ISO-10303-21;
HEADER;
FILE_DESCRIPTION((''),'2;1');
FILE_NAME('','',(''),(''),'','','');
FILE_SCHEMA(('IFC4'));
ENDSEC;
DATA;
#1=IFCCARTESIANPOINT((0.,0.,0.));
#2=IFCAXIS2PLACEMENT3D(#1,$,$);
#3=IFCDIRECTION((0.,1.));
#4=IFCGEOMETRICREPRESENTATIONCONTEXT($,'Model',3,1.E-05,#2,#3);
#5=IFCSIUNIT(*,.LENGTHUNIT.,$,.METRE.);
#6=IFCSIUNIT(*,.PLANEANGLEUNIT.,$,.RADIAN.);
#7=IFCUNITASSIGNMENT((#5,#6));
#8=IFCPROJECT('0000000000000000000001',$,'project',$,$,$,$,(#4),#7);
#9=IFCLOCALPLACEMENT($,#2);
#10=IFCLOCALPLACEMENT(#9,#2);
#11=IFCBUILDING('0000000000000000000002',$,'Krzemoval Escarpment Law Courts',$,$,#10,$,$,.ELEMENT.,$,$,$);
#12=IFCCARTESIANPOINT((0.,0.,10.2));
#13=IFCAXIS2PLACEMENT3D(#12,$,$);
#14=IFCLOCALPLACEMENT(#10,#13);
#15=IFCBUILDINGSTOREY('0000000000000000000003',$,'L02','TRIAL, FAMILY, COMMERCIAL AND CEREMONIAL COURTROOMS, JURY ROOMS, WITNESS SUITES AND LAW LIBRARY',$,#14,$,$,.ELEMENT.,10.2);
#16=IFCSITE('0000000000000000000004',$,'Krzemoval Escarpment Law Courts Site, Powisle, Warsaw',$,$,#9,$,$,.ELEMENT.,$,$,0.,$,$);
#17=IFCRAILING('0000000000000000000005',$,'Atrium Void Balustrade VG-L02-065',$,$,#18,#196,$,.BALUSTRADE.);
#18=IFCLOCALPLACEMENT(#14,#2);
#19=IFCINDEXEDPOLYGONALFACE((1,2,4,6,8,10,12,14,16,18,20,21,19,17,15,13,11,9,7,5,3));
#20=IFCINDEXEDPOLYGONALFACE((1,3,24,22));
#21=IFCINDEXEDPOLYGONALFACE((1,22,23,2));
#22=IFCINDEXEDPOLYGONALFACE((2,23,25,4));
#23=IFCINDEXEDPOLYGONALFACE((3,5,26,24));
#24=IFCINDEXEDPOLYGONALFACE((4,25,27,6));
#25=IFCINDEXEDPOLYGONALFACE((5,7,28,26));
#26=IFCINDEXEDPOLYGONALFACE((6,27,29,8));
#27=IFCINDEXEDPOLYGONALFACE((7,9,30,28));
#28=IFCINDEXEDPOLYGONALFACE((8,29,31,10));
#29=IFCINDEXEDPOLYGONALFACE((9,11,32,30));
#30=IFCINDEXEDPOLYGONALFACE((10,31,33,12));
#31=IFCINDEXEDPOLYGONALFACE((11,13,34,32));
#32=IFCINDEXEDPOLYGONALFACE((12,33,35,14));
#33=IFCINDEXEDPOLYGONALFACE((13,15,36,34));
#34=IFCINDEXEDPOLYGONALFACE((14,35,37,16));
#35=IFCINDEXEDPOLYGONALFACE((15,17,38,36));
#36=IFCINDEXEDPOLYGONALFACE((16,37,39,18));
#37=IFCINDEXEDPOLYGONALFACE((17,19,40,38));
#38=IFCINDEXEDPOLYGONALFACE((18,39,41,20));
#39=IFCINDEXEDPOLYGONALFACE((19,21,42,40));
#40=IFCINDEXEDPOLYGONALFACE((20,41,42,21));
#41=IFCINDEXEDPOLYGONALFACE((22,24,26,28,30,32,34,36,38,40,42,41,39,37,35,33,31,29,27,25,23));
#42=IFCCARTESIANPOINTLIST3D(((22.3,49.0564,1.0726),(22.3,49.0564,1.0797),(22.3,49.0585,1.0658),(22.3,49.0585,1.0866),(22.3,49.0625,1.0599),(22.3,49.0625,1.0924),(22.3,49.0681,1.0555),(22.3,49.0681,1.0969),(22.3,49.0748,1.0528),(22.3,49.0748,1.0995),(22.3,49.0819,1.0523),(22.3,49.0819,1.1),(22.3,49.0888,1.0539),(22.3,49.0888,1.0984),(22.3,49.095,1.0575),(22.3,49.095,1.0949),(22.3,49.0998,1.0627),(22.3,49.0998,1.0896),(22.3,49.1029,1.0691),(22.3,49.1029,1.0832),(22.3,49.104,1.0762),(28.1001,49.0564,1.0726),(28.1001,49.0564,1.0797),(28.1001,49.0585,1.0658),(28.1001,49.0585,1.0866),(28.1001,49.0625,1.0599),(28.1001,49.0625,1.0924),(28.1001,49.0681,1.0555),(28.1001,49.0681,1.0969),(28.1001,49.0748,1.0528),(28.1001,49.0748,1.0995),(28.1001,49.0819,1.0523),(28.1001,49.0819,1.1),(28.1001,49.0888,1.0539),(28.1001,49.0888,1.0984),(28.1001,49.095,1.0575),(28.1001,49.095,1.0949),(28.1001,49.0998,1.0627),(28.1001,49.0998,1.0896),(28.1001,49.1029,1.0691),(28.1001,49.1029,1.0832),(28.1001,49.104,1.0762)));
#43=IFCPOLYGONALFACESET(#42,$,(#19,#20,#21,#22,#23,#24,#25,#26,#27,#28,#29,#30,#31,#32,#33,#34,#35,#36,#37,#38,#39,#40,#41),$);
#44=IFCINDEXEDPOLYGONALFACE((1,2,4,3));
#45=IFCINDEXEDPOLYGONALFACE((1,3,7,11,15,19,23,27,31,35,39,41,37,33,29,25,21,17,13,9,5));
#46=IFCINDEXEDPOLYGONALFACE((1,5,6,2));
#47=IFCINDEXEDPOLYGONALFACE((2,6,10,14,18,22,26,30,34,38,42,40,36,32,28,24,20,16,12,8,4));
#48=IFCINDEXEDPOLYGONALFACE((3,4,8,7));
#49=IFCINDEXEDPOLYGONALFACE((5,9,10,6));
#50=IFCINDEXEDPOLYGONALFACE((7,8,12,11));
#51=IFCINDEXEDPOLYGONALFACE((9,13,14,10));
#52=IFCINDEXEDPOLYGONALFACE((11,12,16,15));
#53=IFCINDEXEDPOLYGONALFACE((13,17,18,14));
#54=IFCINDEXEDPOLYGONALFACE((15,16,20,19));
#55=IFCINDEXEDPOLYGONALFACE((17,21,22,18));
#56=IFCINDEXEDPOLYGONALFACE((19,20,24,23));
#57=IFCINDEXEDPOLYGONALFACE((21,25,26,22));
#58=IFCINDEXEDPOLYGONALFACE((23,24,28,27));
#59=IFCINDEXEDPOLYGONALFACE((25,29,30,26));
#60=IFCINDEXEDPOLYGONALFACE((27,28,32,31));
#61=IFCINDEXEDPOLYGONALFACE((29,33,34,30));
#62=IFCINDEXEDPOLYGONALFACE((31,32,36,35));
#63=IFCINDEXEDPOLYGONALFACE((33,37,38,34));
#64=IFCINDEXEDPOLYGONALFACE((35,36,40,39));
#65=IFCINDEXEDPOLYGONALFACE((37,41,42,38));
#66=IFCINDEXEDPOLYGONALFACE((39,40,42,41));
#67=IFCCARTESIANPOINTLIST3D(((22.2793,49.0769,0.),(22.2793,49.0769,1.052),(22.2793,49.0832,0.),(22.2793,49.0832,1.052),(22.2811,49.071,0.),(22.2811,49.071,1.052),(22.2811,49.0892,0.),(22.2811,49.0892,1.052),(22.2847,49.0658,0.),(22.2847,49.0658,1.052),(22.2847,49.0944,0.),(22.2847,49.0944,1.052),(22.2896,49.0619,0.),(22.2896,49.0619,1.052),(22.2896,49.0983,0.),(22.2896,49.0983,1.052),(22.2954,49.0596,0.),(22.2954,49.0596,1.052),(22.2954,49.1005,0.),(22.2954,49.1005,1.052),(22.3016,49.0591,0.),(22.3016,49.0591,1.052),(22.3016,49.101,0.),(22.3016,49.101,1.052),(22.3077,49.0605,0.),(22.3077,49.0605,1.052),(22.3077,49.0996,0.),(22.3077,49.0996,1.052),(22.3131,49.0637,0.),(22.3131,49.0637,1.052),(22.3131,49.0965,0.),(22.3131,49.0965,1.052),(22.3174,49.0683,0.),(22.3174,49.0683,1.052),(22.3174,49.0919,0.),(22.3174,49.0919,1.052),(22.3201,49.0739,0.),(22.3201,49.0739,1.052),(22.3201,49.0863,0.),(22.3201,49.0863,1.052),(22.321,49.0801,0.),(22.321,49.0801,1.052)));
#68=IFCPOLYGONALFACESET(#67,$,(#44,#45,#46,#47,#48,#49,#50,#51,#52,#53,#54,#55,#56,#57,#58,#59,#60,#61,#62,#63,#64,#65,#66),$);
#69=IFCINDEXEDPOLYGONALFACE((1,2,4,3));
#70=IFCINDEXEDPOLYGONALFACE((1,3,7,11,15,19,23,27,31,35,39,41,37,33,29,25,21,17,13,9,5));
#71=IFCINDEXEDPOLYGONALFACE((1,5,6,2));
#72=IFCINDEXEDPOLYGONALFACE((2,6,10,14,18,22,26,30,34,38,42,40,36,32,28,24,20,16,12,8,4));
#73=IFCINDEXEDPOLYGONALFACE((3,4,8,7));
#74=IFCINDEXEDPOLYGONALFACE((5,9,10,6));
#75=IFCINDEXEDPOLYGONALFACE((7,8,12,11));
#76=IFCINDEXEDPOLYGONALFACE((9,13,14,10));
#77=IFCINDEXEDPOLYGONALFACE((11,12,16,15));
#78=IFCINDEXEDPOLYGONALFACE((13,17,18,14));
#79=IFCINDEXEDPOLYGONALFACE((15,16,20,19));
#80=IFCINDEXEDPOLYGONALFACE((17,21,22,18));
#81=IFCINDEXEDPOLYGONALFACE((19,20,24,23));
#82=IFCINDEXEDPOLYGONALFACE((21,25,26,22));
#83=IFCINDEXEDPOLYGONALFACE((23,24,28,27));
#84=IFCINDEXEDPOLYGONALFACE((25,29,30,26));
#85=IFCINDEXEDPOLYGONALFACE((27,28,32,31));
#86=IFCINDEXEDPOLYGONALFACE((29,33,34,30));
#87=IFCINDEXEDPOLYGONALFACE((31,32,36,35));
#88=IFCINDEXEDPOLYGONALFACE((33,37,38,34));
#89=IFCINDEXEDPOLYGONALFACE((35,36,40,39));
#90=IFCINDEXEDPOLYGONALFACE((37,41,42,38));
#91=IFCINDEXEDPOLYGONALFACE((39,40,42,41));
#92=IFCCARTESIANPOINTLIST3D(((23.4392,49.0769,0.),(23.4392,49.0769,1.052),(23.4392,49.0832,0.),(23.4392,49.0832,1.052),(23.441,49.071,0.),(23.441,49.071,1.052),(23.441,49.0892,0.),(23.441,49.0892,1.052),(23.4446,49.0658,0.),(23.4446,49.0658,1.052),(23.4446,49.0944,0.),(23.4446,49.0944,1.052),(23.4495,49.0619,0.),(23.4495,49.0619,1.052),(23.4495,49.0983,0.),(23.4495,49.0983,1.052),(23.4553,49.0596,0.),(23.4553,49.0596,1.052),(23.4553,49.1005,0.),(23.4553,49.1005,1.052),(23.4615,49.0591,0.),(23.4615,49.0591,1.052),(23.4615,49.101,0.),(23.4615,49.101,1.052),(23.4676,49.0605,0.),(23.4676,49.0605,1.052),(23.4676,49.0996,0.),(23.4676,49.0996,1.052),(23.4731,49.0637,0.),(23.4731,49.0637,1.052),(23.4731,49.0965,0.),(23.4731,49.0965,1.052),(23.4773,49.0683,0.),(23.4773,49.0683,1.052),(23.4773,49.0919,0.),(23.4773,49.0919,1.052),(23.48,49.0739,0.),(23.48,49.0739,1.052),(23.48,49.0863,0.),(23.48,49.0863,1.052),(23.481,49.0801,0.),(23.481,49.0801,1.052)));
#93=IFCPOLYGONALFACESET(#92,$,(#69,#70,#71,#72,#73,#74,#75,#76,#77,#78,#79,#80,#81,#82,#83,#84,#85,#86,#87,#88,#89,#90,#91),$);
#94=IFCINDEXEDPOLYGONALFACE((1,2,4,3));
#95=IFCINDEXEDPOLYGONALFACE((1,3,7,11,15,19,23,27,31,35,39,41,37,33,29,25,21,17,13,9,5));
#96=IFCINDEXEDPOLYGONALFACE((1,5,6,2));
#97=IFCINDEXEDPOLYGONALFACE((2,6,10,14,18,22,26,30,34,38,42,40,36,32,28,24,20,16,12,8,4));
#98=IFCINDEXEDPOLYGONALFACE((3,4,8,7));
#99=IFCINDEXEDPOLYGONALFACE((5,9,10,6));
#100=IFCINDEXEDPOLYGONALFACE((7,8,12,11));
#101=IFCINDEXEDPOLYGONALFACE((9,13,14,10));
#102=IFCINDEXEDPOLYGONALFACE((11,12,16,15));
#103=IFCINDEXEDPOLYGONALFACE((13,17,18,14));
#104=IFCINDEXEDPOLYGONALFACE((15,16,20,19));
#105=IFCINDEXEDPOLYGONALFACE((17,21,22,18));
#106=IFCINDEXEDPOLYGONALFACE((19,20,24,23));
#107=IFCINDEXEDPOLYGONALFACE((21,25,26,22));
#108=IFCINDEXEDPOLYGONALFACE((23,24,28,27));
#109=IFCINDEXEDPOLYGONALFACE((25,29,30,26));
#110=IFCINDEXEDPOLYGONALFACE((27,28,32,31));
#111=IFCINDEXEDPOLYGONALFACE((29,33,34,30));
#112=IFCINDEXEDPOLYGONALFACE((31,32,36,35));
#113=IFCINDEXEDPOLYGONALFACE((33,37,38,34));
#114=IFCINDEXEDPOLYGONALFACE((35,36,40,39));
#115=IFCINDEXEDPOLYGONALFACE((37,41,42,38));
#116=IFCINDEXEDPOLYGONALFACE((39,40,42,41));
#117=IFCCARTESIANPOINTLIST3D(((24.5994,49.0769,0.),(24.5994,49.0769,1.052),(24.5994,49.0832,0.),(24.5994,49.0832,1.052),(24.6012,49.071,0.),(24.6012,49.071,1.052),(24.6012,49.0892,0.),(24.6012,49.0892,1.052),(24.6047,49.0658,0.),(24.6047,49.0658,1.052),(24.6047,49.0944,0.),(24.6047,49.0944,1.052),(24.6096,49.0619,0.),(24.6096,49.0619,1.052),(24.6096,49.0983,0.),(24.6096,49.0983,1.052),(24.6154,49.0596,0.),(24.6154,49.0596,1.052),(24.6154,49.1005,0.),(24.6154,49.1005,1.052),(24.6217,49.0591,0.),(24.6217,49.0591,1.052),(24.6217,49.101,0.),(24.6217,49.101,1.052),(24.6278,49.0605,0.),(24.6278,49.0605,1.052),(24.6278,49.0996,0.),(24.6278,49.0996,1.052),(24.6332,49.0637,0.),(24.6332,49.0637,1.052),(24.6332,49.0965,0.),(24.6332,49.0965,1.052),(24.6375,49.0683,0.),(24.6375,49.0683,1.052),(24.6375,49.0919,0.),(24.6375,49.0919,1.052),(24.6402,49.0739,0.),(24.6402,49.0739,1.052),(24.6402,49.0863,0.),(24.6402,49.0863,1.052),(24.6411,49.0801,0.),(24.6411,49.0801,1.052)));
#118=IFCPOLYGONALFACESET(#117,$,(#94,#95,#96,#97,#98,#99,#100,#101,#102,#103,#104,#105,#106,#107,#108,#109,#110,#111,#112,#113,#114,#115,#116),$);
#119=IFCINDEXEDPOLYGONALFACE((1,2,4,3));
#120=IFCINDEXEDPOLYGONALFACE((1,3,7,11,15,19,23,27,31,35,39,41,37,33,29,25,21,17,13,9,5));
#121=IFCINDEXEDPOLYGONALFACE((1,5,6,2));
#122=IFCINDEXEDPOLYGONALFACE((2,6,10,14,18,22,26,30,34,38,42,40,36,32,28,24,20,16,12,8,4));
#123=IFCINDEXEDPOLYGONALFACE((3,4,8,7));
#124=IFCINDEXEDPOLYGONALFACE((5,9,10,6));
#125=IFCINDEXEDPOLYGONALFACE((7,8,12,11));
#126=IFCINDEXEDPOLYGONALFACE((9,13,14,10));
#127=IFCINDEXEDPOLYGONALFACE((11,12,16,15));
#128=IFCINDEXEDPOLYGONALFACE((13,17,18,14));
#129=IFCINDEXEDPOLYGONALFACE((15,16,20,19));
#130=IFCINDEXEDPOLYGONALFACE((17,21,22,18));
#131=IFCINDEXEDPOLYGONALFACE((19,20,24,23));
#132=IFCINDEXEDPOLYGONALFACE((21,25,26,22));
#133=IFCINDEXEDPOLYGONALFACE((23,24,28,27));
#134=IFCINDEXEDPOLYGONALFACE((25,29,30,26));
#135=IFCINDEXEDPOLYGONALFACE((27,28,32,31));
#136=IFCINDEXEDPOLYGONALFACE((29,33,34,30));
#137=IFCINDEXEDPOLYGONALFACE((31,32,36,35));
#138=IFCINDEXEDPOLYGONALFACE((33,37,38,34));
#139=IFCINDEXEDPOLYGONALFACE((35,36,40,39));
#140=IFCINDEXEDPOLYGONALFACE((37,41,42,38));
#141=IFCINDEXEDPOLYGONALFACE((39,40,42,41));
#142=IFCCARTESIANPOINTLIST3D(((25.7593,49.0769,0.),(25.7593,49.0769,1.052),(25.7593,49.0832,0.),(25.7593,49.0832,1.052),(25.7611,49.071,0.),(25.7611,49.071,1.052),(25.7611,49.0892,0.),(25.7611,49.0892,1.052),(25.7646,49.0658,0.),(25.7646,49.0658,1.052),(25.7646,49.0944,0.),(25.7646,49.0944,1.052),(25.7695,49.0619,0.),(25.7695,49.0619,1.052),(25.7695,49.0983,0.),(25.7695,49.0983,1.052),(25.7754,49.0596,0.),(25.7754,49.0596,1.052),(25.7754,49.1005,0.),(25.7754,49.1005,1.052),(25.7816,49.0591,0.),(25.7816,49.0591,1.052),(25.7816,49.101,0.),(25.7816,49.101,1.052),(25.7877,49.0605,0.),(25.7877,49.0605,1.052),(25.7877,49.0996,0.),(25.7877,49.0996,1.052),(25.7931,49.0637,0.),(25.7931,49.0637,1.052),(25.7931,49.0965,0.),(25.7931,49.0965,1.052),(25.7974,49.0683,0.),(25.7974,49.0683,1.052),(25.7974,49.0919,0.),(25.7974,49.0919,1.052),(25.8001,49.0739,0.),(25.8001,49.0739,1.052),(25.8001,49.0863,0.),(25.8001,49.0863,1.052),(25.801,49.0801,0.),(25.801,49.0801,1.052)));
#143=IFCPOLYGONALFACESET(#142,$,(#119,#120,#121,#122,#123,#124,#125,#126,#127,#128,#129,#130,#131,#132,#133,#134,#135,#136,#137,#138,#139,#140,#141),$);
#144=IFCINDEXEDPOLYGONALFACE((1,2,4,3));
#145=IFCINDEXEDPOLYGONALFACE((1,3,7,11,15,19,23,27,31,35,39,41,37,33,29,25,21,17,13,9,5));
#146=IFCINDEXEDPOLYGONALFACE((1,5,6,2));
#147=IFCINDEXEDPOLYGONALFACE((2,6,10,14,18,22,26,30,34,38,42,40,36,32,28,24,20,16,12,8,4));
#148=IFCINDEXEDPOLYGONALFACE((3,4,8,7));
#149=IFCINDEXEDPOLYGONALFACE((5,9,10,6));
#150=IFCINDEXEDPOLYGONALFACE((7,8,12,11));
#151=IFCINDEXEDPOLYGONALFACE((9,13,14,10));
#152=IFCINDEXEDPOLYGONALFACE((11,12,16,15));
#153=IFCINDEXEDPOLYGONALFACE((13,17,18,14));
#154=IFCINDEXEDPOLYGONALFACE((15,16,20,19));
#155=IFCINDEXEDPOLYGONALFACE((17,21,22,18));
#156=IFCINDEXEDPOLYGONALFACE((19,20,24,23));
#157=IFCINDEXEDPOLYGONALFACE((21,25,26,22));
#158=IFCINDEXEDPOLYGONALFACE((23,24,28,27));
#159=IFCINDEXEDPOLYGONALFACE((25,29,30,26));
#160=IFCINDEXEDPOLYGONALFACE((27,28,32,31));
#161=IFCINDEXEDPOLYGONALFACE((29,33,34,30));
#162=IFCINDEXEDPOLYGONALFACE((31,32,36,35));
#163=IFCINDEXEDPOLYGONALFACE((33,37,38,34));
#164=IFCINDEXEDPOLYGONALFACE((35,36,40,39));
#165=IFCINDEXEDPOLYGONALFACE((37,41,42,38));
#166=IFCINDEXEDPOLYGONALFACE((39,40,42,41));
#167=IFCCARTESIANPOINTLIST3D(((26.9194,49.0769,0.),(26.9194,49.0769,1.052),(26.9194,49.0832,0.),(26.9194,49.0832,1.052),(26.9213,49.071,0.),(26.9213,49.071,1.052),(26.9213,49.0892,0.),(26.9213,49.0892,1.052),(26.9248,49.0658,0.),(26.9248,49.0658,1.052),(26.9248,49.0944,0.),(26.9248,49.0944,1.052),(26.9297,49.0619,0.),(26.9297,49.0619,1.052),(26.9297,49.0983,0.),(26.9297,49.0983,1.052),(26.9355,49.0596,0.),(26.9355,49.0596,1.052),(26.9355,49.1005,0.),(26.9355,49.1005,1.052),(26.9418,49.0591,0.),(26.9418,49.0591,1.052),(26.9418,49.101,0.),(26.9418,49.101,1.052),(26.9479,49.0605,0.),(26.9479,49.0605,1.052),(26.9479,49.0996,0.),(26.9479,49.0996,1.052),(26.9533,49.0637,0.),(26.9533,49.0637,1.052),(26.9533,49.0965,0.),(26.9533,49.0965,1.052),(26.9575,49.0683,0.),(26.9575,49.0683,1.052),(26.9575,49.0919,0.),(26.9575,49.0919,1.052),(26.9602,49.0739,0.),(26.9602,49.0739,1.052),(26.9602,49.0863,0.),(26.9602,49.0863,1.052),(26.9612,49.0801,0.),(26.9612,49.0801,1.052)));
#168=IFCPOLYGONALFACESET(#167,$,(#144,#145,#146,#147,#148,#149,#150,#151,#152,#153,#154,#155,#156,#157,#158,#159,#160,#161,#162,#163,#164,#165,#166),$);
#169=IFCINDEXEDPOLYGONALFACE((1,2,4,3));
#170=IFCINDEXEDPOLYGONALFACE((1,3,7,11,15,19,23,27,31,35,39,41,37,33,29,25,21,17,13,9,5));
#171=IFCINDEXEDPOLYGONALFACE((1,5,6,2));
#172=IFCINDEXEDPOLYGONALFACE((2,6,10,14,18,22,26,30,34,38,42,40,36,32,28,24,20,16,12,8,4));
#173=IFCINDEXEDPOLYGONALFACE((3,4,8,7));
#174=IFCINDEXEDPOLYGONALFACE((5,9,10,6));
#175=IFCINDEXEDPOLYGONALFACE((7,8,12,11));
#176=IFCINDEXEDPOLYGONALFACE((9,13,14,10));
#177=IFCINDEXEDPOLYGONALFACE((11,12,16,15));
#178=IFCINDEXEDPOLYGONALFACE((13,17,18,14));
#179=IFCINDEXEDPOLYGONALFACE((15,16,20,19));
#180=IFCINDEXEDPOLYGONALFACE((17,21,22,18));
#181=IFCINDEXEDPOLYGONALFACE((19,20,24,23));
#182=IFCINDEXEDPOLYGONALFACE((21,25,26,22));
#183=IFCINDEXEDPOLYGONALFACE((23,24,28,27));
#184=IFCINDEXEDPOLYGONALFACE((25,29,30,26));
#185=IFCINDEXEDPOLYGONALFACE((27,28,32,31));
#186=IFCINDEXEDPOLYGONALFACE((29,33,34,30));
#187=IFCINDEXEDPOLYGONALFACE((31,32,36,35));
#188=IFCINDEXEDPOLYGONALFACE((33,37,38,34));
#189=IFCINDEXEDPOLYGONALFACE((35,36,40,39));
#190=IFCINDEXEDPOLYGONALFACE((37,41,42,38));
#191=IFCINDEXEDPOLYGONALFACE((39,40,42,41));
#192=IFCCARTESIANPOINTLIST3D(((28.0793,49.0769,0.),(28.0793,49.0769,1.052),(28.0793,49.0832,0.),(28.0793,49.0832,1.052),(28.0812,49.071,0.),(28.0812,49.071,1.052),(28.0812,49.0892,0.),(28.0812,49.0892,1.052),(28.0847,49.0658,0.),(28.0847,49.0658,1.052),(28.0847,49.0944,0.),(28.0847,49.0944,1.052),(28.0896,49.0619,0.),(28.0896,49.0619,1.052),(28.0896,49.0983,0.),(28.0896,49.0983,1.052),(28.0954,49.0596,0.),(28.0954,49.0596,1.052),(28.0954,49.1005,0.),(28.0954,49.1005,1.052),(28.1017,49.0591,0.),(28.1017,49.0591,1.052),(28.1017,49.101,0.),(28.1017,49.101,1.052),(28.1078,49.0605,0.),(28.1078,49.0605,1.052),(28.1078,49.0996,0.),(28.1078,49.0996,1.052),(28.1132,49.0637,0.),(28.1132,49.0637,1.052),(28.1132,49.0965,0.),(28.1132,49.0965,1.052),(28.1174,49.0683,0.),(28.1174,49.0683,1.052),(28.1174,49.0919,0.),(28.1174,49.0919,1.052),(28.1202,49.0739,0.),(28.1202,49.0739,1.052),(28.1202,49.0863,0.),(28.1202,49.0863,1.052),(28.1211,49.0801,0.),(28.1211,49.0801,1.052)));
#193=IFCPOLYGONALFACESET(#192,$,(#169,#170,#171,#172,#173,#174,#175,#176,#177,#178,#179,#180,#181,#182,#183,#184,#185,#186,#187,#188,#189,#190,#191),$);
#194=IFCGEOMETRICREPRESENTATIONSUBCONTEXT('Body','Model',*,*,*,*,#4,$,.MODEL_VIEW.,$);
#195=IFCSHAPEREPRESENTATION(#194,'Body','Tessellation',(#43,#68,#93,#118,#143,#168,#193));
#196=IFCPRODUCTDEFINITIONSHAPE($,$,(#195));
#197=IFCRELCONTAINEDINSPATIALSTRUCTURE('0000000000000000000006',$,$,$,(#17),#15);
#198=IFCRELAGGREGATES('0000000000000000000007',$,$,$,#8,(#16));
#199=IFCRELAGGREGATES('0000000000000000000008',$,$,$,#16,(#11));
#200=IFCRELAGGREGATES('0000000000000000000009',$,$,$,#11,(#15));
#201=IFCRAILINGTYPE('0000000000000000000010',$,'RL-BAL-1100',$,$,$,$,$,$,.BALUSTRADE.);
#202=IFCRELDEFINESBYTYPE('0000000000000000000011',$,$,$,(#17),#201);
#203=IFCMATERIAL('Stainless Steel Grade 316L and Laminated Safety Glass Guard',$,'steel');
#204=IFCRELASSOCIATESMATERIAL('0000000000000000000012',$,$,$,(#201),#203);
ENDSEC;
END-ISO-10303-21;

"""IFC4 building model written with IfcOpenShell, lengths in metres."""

from ifc_helpers import new_model, si_unit, direction, frame, origin, origin_2d, place, context, subcontext, project, spatial, circle, extrude, material, type_object, element, save


model = new_model("IFC4")

# Units and contexts
model_context = context("Model", 3, precision=1e-05, world=origin(), true_north=direction((0.0, 1.0)))
body_context = subcontext(model_context, "Body", "Model", "MODEL_VIEW")
ifc_project = project(units=[si_unit("LENGTHUNIT", "METRE"), si_unit("PLANEANGLEUNIT", "RADIAN")], contexts=[model_context])

# Site, building, storey
site_placement = place(None, origin())
site = spatial("IfcSite", under=ifc_project, at=site_placement, Name="Krzemoval Escarpment Law Courts Site, Powisle, Warsaw", CompositionType="ELEMENT", RefElevation=0.0)
building_placement = place(site_placement, origin())
building = spatial("IfcBuilding", under=site, at=building_placement, Name="Krzemoval Escarpment Law Courts", CompositionType="ELEMENT")
storey_placement = place(building_placement, frame((0.0, 0.0, 10.2)))
storey = spatial("IfcBuildingStorey", under=building, at=storey_placement, Name="L02", Description="TRIAL, FAMILY, COMMERCIAL AND CEREMONIAL COURTROOMS, JURY ROOMS, WITNESS SUITES AND LAW LIBRARY", CompositionType="ELEMENT", Elevation=10.2)

# Railing
ifc_material_1 = material(Name="Stainless Steel Grade 316L and Laminated Safety Glass Guard", Category="steel")
railing_type_1 = type_object("IfcRailingType", Name="RL-BAL-1100", PredefinedType="BALUSTRADE", material=ifc_material_1)
railing_1_placement = place(storey_placement, frame((22.3, 49.0801, 0.0)))
element("IfcRailing", 1, at=railing_1_placement, inside=storey, type_object=railing_type_1, Name="Atrium Void Balustrade VG-L02-065", PredefinedType="BALUSTRADE", context=body_context, shape_type="SweptSolid", body=[
    extrude(circle(Radius=0.0239, at=origin_2d()), frame((0.0, 0.0, 1.0762), z_axis=(1.0, 0.0, 0.0), x_axis=(0.0, 1.0, 0.0)), (0.0, 0.0, 1.0), 5.8),
    extrude(circle(Radius=0.021, at=origin_2d()), origin(), (0.0, 0.0, 1.0), 1.052),
    extrude(circle(Radius=0.021, at=origin_2d()), frame((1.1599, 0.0, 0.0)), (0.0, 0.0, 1.0), 1.052),
    extrude(circle(Radius=0.021, at=origin_2d()), frame((2.3201, 0.0, 0.0)), (0.0, 0.0, 1.0), 1.052),
    extrude(circle(Radius=0.021, at=origin_2d()), frame((3.48, 0.0, 0.0)), (0.0, 0.0, 1.0), 1.052),
    extrude(circle(Radius=0.021, at=origin_2d()), frame((4.6401, 0.0, 0.0)), (0.0, 0.0, 1.0), 1.052),
    extrude(circle(Radius=0.021, at=origin_2d()), frame((5.8, 0.0, 0.0)), (0.0, 0.0, 1.0), 1.052),
])

save(model, "model.ifc")
